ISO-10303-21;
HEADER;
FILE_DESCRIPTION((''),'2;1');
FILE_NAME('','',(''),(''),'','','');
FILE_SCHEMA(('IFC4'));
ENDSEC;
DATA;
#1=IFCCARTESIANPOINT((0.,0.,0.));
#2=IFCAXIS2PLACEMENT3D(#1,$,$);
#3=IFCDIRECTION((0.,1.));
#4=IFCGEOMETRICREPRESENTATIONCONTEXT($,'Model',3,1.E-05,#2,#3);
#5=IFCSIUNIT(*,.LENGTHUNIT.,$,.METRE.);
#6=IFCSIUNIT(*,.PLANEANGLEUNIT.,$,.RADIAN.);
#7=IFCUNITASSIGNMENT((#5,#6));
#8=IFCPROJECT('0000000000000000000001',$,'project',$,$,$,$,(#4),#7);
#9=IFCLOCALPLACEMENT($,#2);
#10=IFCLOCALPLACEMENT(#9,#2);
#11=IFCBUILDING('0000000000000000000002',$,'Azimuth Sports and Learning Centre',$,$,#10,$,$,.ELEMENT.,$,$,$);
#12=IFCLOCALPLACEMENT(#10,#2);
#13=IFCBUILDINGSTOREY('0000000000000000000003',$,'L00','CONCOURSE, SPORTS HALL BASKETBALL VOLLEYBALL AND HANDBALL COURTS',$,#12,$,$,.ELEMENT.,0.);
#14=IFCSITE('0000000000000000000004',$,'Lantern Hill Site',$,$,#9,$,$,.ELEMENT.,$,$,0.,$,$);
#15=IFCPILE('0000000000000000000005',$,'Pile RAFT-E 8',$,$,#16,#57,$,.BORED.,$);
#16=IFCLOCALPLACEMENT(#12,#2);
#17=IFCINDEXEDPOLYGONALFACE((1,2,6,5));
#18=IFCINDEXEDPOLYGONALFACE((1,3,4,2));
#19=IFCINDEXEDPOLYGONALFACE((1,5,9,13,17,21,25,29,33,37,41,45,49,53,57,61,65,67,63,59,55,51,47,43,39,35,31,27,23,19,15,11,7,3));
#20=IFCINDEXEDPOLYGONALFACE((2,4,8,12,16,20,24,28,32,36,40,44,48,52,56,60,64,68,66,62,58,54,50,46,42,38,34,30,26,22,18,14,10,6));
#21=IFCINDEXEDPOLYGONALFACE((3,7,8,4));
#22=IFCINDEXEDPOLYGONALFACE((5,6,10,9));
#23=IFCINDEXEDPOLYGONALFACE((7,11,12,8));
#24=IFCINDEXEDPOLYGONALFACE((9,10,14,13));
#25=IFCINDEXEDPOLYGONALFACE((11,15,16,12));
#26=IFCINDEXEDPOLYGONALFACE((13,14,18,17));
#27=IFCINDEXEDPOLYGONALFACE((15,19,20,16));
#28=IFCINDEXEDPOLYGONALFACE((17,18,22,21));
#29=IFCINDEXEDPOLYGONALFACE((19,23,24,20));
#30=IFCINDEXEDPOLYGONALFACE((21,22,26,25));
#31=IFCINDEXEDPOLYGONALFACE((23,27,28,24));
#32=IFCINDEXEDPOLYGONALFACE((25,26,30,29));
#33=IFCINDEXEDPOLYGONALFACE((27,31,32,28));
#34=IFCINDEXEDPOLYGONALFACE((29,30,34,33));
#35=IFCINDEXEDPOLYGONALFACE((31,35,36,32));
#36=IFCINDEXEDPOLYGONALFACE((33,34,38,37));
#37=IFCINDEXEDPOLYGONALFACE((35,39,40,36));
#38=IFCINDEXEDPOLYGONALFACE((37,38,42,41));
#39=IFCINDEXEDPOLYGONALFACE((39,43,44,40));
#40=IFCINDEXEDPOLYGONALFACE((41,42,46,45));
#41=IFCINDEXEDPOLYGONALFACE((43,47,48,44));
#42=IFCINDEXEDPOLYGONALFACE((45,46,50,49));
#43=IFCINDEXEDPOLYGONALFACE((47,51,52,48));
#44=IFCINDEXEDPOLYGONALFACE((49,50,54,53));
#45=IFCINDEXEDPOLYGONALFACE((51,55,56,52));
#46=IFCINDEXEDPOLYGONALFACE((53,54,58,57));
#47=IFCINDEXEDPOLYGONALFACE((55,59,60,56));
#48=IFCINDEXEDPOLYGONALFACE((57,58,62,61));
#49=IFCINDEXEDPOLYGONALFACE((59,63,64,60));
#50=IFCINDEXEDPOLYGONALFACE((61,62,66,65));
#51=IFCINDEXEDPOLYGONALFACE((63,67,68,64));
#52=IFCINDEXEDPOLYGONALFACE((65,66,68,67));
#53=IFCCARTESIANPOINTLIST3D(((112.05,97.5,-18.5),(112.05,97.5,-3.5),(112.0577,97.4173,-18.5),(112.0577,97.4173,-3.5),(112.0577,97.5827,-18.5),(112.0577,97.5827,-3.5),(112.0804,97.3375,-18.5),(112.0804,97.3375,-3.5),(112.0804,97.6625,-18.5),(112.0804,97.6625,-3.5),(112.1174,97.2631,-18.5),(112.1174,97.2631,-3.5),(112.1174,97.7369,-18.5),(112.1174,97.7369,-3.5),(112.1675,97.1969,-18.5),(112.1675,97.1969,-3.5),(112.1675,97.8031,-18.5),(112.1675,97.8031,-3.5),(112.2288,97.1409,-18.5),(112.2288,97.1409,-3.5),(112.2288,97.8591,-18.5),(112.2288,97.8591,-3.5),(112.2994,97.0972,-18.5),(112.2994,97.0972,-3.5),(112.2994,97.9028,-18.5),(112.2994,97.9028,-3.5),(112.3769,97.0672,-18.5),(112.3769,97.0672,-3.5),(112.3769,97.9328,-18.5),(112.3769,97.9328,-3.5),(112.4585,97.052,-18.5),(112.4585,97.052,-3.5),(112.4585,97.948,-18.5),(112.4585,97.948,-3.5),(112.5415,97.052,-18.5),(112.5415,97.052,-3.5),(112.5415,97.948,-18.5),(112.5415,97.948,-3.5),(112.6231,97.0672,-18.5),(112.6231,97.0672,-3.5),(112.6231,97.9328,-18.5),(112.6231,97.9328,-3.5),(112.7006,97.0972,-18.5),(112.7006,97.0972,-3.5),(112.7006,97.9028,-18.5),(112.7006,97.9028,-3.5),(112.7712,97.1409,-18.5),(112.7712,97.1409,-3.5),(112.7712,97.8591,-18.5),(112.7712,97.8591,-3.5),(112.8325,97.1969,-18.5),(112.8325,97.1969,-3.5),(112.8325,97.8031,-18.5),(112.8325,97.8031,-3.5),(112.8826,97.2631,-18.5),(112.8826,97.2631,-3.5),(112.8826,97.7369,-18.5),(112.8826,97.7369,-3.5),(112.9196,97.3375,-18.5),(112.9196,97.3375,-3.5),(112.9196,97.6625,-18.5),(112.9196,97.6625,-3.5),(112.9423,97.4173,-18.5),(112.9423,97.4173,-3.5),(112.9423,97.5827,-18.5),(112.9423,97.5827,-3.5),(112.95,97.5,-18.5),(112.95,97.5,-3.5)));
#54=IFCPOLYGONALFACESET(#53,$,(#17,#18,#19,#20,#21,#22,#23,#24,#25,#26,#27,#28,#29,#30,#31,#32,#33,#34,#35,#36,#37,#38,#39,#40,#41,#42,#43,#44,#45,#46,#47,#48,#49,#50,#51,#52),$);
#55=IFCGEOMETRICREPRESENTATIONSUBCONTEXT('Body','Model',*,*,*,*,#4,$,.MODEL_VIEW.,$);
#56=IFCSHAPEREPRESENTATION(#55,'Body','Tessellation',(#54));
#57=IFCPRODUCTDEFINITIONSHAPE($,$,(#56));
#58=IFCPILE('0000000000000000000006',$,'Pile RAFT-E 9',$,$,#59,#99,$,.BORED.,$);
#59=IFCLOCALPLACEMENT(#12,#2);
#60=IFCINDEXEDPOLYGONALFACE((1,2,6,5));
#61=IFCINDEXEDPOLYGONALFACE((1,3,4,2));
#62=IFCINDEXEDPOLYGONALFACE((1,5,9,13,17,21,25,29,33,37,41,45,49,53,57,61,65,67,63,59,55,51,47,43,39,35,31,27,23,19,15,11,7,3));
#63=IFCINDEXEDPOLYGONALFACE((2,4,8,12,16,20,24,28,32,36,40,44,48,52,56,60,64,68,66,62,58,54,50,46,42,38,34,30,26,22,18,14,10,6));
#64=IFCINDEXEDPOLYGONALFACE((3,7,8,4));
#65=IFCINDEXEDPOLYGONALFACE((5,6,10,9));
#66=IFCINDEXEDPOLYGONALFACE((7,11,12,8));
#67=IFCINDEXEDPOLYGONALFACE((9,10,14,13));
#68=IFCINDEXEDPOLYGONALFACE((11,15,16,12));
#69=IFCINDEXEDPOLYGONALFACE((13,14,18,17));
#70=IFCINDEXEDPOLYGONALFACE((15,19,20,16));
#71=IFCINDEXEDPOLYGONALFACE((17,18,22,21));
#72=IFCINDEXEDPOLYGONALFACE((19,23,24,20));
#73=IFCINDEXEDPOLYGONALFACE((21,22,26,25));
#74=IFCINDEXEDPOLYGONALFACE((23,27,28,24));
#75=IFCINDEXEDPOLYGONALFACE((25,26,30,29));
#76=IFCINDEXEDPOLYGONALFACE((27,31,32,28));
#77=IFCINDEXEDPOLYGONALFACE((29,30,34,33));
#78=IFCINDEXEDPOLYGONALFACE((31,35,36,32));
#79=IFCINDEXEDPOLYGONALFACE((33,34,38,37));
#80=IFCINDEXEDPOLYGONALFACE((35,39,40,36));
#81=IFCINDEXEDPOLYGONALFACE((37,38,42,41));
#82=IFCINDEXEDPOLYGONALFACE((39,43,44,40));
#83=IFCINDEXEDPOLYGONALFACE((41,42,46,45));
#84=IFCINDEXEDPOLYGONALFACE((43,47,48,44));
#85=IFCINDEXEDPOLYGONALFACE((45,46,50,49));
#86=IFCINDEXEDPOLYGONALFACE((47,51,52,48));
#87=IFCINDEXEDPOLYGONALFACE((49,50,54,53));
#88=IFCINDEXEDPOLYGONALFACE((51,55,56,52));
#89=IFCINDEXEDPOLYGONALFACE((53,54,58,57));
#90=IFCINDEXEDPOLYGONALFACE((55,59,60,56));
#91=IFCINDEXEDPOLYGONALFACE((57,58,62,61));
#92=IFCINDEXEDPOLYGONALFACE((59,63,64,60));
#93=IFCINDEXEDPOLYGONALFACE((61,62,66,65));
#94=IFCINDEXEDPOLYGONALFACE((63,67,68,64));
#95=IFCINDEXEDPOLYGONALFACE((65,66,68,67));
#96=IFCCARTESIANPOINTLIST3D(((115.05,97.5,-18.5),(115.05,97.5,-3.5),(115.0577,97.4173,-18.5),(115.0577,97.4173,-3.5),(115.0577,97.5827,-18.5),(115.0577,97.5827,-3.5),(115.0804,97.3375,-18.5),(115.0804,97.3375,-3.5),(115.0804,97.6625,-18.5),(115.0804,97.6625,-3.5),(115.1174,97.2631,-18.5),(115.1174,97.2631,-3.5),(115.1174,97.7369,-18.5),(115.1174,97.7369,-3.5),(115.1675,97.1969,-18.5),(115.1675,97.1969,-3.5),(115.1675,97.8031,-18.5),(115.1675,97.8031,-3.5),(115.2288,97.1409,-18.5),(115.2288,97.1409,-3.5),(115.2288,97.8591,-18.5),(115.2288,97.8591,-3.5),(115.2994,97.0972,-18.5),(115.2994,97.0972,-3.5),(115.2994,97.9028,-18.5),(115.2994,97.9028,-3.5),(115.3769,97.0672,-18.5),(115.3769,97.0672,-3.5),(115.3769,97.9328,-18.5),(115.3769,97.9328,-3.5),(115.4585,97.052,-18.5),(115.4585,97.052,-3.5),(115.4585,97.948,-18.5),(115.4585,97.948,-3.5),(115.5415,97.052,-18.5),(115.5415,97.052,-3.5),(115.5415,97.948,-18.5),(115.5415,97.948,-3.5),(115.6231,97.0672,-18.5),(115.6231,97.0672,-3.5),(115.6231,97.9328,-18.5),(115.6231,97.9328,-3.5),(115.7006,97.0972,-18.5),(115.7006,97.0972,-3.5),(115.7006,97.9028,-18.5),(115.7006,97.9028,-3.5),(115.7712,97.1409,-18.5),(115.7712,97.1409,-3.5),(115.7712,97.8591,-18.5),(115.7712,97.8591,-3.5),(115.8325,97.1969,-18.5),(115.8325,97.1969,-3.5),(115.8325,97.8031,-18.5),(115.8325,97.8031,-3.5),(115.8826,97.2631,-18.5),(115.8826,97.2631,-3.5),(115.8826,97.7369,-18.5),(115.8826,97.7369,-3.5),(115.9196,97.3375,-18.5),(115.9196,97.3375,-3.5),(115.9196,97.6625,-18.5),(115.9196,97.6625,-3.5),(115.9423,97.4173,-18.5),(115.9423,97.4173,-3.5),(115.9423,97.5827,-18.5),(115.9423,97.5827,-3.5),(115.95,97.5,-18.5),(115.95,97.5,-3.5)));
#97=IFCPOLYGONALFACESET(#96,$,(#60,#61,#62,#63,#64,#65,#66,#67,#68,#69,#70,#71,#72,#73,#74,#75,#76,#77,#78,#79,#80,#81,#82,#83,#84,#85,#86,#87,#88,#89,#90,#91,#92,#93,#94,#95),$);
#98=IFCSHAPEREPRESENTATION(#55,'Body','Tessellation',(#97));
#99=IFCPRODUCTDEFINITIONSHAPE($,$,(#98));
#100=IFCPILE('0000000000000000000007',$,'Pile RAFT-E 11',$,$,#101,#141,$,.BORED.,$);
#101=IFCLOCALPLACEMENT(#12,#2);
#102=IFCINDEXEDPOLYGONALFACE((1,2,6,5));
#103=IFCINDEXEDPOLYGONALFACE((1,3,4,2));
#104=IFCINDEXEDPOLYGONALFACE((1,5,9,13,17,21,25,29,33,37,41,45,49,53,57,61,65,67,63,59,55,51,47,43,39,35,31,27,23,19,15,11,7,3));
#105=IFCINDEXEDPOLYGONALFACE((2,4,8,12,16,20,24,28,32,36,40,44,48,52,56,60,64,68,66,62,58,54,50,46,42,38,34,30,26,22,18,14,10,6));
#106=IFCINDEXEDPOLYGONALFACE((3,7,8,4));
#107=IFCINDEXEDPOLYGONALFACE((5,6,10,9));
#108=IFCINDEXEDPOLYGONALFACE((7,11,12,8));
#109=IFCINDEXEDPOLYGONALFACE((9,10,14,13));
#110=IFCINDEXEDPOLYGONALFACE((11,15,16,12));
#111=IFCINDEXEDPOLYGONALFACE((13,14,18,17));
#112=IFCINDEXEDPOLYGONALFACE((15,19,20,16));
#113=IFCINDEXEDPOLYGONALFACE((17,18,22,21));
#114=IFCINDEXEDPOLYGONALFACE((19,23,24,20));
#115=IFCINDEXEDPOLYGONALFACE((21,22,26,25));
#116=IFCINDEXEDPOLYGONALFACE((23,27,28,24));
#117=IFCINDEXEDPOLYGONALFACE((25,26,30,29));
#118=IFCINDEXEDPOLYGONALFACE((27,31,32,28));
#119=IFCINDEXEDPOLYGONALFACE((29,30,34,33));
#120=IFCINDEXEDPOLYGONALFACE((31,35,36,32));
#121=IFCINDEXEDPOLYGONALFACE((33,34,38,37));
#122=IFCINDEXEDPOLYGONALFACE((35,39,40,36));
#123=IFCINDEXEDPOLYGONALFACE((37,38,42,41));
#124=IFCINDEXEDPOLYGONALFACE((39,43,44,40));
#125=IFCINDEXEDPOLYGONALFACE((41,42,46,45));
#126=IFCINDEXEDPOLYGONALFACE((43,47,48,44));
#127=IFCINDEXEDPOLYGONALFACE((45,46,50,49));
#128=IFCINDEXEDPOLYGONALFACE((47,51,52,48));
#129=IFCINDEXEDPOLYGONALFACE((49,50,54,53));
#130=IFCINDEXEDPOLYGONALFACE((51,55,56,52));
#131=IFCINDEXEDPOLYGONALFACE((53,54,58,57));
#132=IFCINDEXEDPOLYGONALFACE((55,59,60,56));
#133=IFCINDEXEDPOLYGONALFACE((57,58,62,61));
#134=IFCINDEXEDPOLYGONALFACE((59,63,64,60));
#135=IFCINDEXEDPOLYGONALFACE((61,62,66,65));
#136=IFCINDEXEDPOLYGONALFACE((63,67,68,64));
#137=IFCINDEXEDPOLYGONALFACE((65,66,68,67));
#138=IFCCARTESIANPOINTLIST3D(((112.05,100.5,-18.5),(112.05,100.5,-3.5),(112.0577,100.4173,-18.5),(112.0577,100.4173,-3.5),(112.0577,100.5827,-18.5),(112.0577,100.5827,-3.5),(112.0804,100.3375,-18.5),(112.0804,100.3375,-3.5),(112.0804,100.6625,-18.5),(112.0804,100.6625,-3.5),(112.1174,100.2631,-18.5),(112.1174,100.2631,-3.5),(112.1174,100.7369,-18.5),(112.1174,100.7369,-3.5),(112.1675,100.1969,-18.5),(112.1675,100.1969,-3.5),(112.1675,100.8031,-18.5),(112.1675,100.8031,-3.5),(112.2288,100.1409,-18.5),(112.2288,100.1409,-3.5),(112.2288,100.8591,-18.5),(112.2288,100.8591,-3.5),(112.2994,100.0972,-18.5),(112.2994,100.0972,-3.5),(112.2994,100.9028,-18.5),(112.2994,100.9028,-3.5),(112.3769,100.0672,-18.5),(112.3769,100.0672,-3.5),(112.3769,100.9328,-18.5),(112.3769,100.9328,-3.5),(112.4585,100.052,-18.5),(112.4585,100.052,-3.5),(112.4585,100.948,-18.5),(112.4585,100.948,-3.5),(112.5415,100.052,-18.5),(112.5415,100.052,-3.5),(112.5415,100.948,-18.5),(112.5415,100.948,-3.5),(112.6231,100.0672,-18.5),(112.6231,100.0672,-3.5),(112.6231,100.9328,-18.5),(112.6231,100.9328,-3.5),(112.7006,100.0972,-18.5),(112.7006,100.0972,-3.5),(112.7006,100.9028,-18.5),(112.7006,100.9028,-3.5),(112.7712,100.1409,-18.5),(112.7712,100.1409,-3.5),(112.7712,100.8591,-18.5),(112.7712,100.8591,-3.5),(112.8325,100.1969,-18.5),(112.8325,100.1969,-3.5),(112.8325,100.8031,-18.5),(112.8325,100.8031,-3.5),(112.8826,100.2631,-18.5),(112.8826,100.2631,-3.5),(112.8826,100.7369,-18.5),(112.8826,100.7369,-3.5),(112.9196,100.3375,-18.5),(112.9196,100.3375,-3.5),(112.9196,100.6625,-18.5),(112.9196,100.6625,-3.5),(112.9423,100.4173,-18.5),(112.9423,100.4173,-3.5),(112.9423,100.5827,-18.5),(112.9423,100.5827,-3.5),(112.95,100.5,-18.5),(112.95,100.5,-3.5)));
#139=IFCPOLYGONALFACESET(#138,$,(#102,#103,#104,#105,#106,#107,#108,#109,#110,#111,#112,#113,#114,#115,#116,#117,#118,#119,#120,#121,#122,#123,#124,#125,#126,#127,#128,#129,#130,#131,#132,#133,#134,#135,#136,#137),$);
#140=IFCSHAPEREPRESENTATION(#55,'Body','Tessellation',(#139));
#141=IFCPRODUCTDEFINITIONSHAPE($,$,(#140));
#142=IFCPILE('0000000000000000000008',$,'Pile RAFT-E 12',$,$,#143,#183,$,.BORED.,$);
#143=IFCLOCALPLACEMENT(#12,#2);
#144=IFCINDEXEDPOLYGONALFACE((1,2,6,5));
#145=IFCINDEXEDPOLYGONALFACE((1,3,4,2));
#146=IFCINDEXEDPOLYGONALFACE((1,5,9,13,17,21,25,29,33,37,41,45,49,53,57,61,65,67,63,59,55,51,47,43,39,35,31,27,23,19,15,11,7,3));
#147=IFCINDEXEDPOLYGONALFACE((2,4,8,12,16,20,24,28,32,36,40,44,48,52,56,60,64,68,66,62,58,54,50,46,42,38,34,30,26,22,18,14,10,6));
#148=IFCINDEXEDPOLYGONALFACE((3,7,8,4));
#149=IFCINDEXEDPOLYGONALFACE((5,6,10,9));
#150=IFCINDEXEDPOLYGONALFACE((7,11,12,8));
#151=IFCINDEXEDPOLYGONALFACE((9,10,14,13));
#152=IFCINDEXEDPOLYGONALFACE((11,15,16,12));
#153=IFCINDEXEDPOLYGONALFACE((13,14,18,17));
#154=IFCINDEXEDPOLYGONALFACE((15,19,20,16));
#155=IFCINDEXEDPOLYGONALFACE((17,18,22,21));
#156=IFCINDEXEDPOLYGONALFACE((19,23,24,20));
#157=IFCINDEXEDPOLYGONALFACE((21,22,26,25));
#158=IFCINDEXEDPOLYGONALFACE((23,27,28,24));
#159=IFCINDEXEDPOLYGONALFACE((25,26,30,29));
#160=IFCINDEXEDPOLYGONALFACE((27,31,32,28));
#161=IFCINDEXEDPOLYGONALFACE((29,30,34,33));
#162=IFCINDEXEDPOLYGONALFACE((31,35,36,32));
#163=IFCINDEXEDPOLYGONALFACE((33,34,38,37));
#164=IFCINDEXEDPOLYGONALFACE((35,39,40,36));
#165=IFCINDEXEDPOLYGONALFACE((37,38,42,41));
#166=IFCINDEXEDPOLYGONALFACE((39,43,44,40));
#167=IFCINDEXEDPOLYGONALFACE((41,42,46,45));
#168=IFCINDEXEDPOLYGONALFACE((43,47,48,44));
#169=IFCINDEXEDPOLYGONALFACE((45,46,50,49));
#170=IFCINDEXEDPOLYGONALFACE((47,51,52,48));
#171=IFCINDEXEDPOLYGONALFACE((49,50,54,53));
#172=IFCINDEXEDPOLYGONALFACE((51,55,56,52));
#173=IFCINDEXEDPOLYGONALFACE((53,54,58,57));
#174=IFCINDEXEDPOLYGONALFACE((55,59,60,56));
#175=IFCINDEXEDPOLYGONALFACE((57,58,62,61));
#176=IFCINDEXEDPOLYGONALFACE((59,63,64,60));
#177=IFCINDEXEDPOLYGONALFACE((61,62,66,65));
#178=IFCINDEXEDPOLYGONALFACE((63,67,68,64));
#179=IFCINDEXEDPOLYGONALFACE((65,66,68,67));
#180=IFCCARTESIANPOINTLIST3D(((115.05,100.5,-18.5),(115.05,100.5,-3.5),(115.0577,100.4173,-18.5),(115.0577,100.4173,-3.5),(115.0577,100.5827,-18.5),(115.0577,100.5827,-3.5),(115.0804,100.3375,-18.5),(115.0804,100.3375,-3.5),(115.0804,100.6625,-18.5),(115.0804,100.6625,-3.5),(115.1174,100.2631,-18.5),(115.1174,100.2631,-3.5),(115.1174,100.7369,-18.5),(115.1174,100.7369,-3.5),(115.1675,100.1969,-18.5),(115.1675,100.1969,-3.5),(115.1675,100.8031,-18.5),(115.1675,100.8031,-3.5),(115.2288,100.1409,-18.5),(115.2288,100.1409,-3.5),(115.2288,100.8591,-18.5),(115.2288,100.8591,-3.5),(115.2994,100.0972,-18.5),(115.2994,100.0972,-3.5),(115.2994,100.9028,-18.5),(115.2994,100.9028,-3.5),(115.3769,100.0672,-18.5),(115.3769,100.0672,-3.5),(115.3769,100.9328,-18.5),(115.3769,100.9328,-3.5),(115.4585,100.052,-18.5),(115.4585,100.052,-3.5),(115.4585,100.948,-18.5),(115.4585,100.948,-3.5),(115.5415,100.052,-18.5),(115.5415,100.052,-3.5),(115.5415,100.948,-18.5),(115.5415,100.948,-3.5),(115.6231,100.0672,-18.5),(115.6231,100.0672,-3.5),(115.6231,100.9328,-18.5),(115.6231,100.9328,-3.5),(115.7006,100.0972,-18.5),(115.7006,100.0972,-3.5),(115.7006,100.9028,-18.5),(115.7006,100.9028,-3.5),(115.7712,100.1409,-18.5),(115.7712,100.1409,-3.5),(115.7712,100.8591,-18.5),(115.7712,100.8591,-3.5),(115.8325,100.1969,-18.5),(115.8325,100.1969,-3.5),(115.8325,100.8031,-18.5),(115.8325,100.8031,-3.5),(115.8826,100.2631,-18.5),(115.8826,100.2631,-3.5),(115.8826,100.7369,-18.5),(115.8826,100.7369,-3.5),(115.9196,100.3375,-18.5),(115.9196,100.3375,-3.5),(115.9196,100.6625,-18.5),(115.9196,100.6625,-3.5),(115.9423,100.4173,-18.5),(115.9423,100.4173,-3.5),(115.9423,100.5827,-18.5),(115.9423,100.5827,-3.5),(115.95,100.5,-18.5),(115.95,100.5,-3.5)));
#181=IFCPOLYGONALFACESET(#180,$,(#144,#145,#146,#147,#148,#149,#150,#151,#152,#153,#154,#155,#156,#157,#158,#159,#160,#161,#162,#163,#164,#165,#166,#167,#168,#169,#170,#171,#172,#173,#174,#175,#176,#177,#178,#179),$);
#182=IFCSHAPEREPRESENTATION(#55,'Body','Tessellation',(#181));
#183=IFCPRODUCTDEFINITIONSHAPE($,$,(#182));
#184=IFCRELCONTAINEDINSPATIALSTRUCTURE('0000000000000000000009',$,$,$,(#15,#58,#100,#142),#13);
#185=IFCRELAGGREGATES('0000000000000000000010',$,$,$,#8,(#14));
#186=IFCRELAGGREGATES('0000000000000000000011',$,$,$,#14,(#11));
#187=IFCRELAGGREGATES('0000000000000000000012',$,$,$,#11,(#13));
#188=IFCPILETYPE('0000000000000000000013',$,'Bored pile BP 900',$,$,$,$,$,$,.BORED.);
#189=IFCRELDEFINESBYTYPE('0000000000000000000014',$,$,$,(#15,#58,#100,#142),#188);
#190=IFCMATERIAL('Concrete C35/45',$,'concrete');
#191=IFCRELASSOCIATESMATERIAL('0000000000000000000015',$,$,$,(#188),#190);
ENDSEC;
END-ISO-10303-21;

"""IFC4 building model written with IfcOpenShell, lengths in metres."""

from ifc_helpers import new_model, si_unit, direction, frame, origin, origin_2d, place, context, subcontext, project, spatial, circle, extrude, material, material_profile, profile_set, type_object, element, save


model = new_model("IFC4")

# Units and contexts
model_context = context("Model", 3, precision=1e-05, world=origin(), true_north=direction((0.0, 1.0)))
body_context = subcontext(model_context, "Body", "Model", "MODEL_VIEW")
ifc_project = project(units=[si_unit("LENGTHUNIT", "METRE"), si_unit("PLANEANGLEUNIT", "RADIAN")], contexts=[model_context])

# Site, building, storey
site_placement = place(None, origin())
site = spatial("IfcSite", under=ifc_project, at=site_placement, Name="Lantern Hill Site", CompositionType="ELEMENT", RefElevation=0.0)
building_placement = place(site_placement, origin())
building = spatial("IfcBuilding", under=site, at=building_placement, Name="Azimuth Sports and Learning Centre", CompositionType="ELEMENT")
storey_placement = place(building_placement, origin())
storey = spatial("IfcBuildingStorey", under=building, at=storey_placement, Name="L00", Description="CONCOURSE, SPORTS HALL BASKETBALL VOLLEYBALL AND HANDBALL COURTS", CompositionType="ELEMENT", Elevation=0.0)

# Piles
ifc_material_1 = material(Name="Concrete C35/45", Category="concrete")
ifc_material_profile_1 = material_profile(ifc_material_1, circle(Radius=0.45, at=origin_2d()), Name="BP 900")
ifc_profile_set_1 = profile_set([ifc_material_profile_1], Name="Concrete C35/45")
pile_type = type_object("IfcPileType", Name="Bored pile BP 900", PredefinedType="BORED", material=ifc_profile_set_1)
for number, where, z_axis, x_axis, name in (
    (1, (112.5, 97.5, -3.5), (0.0, 0.0, -1.0), (1.0, 0.0, 0.0), "Pile RAFT-E 8"),
    (2, (115.5, 97.5, -3.5), (0.0, 0.0, -1.0), (1.0, 0.0, 0.0), "Pile RAFT-E 9"),
    (3, (112.5, 100.5, -3.5), (0.0, 0.0, -1.0), (1.0, 0.0, 0.0), "Pile RAFT-E 11"),
    (4, (115.5, 100.5, -3.5), (0.0, 0.0, -1.0), (1.0, 0.0, 0.0), "Pile RAFT-E 12"),
):
    element("IfcPile", number, at=place(storey_placement, frame(where, z_axis=z_axis, x_axis=x_axis)), inside=storey, type_object=pile_type, Name=name, PredefinedType="BORED", context=body_context, shape_type="SweptSolid", body=[
        extrude(circle(Radius=0.45, at=origin_2d()), origin(), (0.0, 0.0, 1.0), 15.0),
    ])

save(model, "model.ifc")
